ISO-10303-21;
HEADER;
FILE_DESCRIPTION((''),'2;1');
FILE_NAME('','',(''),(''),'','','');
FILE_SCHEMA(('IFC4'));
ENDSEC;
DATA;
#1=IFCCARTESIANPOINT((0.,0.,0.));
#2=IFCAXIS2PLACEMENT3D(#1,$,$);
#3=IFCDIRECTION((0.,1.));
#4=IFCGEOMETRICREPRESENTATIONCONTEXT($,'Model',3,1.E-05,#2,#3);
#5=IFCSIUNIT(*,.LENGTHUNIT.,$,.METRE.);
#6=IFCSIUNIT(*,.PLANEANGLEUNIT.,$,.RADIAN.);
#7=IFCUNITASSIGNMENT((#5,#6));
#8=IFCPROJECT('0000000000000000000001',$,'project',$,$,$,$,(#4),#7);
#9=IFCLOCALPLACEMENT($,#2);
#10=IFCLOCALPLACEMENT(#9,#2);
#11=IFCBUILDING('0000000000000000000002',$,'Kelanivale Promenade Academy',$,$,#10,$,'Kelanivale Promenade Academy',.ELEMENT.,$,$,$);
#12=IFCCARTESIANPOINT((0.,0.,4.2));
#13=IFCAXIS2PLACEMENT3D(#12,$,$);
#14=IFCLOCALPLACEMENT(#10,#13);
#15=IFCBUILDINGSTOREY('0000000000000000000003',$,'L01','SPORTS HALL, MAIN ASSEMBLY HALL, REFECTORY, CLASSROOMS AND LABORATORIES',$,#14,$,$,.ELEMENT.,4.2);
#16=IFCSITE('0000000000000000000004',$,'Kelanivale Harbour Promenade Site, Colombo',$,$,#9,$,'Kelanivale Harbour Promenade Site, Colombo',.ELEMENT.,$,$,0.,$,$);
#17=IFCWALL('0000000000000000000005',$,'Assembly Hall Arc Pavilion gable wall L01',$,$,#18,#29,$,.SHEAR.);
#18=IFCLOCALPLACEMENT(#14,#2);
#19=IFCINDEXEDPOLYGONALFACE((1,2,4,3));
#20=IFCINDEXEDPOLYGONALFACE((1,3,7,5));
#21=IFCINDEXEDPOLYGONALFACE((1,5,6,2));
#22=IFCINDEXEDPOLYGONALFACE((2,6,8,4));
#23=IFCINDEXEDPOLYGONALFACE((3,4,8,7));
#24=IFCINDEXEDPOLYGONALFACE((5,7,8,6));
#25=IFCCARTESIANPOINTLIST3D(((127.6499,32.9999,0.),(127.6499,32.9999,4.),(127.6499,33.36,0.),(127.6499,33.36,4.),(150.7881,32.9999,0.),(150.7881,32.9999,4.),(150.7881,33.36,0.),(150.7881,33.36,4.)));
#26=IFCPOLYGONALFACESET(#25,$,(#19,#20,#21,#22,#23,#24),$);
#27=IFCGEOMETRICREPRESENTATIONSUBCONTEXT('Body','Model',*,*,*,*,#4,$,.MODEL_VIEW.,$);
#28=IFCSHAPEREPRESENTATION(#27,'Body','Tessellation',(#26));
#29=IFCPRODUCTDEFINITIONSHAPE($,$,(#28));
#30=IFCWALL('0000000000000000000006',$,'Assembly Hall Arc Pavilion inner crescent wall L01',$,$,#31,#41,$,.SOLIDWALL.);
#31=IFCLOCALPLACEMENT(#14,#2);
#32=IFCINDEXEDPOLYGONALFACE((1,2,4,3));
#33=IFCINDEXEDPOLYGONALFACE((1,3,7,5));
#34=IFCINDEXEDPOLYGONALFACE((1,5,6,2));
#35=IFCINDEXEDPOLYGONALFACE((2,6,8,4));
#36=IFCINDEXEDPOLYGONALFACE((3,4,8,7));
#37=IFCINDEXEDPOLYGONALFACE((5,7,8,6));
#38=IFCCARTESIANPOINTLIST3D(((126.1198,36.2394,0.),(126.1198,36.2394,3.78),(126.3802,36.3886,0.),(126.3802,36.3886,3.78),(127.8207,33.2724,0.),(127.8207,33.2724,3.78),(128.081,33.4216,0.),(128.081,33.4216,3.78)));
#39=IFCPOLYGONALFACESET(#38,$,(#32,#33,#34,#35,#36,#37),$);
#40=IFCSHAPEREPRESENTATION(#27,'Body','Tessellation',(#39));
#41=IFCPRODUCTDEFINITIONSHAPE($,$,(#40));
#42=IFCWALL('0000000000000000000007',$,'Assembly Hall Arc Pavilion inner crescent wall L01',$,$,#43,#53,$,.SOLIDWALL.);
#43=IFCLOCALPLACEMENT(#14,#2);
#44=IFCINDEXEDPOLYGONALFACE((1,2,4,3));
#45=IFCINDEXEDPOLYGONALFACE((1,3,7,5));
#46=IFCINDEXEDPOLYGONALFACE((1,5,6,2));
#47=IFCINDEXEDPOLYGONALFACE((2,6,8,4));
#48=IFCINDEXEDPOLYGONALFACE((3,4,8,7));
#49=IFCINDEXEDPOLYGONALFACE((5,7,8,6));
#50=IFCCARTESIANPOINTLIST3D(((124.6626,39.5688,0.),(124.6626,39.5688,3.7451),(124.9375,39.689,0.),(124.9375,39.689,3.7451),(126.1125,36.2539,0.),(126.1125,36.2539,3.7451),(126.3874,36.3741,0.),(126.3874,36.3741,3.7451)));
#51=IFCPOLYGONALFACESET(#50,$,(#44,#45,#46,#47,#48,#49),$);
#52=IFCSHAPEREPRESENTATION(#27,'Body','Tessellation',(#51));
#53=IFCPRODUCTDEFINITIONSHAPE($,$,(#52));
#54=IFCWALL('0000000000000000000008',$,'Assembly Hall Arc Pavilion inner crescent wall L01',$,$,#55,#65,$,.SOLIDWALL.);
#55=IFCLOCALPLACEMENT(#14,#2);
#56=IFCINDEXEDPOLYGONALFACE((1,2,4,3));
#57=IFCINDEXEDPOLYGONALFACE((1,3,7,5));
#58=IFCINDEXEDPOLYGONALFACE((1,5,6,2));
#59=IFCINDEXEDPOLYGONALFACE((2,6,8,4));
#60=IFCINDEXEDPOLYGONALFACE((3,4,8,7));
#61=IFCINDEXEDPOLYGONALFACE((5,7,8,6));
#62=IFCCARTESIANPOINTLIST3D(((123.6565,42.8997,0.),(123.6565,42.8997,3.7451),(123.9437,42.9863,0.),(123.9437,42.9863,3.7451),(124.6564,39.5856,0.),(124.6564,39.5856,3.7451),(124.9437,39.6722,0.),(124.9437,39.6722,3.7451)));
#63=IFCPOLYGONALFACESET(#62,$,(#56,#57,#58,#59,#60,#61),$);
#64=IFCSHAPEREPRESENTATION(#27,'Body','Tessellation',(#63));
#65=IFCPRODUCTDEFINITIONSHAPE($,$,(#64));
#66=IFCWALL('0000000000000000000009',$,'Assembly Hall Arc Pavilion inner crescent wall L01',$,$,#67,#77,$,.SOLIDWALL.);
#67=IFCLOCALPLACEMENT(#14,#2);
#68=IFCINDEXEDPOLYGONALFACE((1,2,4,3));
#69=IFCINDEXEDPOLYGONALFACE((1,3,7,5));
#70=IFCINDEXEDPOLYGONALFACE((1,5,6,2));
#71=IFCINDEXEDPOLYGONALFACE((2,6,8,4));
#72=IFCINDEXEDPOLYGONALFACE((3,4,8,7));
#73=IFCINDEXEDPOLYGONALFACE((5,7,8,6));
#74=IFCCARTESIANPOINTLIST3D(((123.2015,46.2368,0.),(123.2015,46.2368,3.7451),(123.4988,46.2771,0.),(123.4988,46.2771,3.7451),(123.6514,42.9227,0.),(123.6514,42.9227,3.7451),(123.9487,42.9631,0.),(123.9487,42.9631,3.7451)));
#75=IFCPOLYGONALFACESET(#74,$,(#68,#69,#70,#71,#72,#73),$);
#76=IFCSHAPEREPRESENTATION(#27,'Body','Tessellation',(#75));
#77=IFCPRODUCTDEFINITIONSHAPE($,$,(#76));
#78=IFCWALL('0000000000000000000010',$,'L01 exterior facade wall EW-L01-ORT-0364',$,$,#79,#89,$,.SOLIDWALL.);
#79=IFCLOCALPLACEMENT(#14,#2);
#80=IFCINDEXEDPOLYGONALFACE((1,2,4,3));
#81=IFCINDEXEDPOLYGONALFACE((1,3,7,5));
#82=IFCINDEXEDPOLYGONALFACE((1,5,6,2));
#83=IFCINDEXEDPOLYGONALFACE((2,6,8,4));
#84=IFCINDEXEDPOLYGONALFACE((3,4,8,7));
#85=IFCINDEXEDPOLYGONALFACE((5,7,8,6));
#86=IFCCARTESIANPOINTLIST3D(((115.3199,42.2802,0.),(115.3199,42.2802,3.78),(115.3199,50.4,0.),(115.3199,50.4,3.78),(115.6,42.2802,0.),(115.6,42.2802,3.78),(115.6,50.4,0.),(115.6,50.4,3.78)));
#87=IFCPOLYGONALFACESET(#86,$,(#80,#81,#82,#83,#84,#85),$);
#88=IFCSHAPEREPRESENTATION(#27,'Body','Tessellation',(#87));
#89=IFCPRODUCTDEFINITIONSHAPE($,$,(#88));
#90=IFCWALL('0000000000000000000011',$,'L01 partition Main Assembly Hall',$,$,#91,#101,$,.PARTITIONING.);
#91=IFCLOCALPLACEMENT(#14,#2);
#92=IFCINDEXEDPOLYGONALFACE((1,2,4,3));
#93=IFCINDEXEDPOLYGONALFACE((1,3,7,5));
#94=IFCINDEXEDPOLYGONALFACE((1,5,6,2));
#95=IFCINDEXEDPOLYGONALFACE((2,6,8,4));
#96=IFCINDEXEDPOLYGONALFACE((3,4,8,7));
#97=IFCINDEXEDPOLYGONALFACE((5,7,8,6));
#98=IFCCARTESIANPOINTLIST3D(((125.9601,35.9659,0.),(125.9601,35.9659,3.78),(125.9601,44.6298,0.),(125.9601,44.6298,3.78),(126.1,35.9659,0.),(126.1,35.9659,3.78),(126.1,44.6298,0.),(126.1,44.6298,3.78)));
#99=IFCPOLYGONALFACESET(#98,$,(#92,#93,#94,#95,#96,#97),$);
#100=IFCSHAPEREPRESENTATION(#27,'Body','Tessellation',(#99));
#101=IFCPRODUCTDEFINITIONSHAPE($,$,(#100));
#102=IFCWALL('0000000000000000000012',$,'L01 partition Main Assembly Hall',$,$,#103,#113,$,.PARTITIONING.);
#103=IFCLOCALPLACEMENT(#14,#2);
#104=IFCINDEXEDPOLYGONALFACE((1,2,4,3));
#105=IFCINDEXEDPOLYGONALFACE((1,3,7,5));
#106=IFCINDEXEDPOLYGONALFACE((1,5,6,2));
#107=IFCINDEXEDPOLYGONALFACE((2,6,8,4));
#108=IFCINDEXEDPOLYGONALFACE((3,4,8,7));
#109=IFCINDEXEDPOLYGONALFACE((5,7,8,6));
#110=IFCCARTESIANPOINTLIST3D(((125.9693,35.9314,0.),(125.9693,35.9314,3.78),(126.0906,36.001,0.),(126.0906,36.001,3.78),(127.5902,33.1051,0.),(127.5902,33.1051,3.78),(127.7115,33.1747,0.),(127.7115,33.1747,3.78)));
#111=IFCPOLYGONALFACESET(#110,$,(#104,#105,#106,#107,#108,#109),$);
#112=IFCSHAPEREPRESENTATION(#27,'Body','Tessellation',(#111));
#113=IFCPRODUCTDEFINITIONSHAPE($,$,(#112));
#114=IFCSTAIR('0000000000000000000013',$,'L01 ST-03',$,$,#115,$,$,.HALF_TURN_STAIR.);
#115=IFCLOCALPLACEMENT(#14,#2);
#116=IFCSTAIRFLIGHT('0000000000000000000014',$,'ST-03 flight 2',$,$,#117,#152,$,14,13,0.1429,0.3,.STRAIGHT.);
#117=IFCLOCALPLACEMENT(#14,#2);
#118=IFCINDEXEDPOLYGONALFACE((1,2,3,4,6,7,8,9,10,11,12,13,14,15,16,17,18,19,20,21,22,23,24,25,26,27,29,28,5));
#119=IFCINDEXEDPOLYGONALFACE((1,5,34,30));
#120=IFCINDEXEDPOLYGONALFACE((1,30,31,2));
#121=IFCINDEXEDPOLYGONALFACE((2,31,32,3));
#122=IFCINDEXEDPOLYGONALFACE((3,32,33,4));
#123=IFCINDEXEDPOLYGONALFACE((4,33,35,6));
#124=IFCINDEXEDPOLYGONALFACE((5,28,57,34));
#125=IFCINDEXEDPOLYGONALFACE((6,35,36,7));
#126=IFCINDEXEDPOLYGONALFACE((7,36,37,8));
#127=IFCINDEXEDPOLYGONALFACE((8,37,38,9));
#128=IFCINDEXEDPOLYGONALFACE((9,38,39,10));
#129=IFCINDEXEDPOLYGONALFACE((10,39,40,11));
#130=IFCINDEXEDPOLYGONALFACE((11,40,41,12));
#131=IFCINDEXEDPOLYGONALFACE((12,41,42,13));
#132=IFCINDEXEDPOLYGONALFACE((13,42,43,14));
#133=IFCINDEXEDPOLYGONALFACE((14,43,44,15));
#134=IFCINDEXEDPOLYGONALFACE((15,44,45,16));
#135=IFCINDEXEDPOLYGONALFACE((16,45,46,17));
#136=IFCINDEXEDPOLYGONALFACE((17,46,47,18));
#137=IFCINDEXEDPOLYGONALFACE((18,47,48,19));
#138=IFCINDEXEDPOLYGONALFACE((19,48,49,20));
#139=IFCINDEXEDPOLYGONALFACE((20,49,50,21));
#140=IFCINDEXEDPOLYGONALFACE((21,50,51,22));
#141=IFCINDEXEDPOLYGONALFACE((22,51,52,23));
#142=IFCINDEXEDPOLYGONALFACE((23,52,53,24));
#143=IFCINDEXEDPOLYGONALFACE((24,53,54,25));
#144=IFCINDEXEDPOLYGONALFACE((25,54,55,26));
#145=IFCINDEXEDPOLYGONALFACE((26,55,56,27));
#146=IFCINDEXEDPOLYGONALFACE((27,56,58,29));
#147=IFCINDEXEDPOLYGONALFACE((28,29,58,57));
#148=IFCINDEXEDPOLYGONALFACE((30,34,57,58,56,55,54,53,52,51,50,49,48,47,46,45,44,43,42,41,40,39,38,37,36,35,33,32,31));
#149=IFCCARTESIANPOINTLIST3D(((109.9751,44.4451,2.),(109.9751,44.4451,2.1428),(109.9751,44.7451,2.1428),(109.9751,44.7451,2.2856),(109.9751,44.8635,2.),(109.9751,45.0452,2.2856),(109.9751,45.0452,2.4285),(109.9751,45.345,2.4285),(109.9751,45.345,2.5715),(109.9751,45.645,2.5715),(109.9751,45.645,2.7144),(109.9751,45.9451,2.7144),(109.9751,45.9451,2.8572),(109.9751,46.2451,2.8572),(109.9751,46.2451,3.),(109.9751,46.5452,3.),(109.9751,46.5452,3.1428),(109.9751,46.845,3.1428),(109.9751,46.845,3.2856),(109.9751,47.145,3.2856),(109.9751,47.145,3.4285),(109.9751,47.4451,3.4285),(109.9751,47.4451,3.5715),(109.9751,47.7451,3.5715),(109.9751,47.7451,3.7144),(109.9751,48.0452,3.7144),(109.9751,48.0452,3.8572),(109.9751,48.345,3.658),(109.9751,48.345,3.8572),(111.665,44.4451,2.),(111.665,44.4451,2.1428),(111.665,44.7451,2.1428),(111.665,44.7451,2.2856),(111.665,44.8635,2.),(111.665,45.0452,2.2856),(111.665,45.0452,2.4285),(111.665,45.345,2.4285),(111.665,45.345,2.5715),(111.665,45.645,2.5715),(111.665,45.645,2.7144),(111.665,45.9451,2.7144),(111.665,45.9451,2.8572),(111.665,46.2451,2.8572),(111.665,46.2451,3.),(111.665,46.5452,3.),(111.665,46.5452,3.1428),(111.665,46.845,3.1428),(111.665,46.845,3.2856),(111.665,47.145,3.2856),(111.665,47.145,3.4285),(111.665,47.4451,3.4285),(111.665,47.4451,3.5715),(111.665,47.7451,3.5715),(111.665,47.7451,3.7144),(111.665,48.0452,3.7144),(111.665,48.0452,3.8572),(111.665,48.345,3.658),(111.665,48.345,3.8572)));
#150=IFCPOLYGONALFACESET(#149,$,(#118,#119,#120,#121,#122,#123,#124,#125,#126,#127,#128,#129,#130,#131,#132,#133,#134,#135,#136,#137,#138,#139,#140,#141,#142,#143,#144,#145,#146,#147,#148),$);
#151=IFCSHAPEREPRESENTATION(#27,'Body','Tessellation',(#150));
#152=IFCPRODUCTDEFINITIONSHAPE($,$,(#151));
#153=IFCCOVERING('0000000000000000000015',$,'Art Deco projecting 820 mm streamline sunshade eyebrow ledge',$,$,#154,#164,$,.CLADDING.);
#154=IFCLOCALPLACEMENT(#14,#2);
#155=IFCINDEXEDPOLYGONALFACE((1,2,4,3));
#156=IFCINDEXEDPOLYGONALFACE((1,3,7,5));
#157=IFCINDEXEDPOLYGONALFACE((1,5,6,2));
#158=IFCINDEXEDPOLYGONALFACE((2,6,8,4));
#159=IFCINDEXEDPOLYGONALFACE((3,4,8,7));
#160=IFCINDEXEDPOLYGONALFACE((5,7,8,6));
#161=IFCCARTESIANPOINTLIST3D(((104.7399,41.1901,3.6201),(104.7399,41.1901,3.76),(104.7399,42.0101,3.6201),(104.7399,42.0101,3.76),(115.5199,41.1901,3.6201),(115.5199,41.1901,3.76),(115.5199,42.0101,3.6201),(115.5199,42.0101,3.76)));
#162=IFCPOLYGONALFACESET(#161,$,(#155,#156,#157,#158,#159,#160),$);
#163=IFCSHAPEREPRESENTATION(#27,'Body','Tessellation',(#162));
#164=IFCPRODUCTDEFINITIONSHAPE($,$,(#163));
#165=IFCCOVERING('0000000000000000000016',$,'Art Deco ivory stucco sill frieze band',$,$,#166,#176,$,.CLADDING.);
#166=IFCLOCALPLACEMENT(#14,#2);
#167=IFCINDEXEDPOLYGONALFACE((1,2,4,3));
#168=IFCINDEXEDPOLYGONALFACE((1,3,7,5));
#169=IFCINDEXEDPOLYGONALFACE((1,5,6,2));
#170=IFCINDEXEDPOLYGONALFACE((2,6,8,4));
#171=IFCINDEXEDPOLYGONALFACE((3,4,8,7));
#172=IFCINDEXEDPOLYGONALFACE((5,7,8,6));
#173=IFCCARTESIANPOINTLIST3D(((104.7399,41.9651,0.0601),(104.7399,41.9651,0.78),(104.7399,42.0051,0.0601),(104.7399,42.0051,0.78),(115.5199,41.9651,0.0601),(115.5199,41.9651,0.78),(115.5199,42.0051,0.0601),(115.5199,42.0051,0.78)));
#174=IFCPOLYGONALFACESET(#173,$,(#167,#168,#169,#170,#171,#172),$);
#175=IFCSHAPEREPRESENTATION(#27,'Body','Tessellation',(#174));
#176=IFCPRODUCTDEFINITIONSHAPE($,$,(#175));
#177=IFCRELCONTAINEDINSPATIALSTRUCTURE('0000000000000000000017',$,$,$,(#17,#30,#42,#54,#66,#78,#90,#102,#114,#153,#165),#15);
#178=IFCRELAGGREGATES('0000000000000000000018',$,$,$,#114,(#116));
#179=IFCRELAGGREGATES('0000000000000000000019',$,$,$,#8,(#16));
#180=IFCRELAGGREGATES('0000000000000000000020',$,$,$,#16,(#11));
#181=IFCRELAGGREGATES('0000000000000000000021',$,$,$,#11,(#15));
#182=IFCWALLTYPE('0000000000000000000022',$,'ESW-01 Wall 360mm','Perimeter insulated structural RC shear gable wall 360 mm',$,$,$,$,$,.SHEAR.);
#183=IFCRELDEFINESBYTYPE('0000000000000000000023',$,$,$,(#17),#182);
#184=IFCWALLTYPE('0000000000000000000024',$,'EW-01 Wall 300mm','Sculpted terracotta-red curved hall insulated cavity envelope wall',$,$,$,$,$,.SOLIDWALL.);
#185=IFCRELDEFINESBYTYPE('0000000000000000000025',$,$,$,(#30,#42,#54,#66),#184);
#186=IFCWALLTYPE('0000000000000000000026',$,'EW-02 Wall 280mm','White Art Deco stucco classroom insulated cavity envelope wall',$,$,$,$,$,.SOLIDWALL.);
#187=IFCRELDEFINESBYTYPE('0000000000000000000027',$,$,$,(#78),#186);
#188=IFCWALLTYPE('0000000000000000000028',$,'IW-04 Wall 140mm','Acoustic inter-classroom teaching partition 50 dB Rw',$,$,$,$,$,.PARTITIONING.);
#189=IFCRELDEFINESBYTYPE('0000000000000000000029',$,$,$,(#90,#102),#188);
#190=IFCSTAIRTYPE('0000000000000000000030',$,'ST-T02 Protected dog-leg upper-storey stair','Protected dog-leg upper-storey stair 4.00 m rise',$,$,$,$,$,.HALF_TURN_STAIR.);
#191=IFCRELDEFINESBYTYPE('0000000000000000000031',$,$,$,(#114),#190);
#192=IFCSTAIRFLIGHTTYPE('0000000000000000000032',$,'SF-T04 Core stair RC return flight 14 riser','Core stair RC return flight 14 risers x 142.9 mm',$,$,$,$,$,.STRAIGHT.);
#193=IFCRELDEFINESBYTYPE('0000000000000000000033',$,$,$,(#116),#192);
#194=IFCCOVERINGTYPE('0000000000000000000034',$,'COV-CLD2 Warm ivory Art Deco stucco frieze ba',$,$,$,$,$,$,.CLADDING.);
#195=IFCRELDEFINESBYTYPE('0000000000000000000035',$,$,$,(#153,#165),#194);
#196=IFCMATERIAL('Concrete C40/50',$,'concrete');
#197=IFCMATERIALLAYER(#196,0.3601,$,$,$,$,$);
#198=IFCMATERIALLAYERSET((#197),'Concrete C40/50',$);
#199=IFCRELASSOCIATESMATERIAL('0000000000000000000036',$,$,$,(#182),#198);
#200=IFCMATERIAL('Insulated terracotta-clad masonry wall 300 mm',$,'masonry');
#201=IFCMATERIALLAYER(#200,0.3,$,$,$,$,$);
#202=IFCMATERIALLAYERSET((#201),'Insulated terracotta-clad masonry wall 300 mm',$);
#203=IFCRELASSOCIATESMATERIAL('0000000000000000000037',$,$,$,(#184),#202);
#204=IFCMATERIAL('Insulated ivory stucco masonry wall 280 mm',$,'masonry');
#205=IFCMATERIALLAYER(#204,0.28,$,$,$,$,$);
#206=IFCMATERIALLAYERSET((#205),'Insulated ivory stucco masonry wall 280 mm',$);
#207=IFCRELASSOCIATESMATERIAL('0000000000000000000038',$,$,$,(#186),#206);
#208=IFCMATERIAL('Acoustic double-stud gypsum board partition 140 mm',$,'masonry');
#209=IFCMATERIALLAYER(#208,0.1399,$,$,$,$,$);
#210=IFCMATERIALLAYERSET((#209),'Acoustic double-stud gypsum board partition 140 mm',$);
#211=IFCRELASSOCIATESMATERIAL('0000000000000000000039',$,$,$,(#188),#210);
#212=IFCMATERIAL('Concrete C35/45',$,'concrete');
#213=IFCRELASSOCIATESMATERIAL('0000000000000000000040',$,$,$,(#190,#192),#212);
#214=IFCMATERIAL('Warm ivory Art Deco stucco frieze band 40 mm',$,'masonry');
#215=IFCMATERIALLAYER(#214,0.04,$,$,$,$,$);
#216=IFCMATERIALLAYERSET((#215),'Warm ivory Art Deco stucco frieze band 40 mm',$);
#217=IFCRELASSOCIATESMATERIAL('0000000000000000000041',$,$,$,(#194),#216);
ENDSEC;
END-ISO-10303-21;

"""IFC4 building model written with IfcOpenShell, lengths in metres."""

from ifc_helpers import new_model, si_unit, direction, frame, frame_2d, origin, origin_2d, place, context, subcontext, project, spatial, polyline, rectangle, outline, extrude, material, layer, layer_set, type_object, element, aggregate, save


model = new_model("IFC4")

# Units and contexts
model_context = context("Model", 3, precision=1e-05, world=origin(), true_north=direction((0.0, 1.0)))
body_context = subcontext(model_context, "Body", "Model", "MODEL_VIEW")
ifc_project = project(units=[si_unit("LENGTHUNIT", "METRE"), si_unit("PLANEANGLEUNIT", "RADIAN")], contexts=[model_context])

# Site, building, storey
site_placement = place(None, origin())
site = spatial("IfcSite", under=ifc_project, at=site_placement, Name="Kelanivale Harbour Promenade Site, Colombo", LongName="Kelanivale Harbour Promenade Site, Colombo", CompositionType="ELEMENT", RefElevation=0.0)
building_placement = place(site_placement, origin())
building = spatial("IfcBuilding", under=site, at=building_placement, Name="Kelanivale Promenade Academy", LongName="Kelanivale Promenade Academy", CompositionType="ELEMENT")
storey_placement = place(building_placement, frame((0.0, 0.0, 4.2)))
storey = spatial("IfcBuildingStorey", under=building, at=storey_placement, Name="L01", Description="SPORTS HALL, MAIN ASSEMBLY HALL, REFECTORY, CLASSROOMS AND LABORATORIES", CompositionType="ELEMENT", Elevation=4.2)

# Shared definitions
ifc_material_1 = material(Name="Concrete C40/50", Category="concrete")

# Walls
ifc_layer_1 = layer(ifc_material_1, 0.3601)
ifc_layer_set_1 = layer_set([ifc_layer_1], Name="Concrete C40/50")
wall_type_1 = type_object("IfcWallType", Name="ESW-01 Wall 360mm", Description="Perimeter insulated structural RC shear gable wall 360 mm", PredefinedType="SHEAR", material=ifc_layer_set_1)
wall_1_placement = place(storey_placement, frame((127.6499, 33.1799, 0.0), z_axis=(0.0, 0.0, 1.0), x_axis=(1.0, 0.0, 0.0)))
element("IfcWall", 1, at=wall_1_placement, inside=storey, type_object=wall_type_1, Name="Assembly Hall Arc Pavilion gable wall L01", PredefinedType="SHEAR", context=body_context, shape_type="SweptSolid", body=[
    extrude(rectangle(XDim=23.1382, YDim=0.3601, at=frame_2d((11.5691, 0.0))), origin(), (0.0, 0.0, 1.0), 4.0),
])
ifc_material_2 = material(Name="Insulated terracotta-clad masonry wall 300 mm", Category="masonry")
ifc_layer_2 = layer(ifc_material_2, 0.3)
ifc_layer_set_2 = layer_set([ifc_layer_2], Name="Insulated terracotta-clad masonry wall 300 mm")
wall_type_2 = type_object("IfcWallType", Name="EW-01 Wall 300mm", Description="Sculpted terracotta-red curved hall insulated cavity envelope wall", PredefinedType="SOLIDWALL", material=ifc_layer_set_2)
wall_2_placement = place(storey_placement, frame((126.25, 36.314, 0.0), z_axis=(0.0, 0.0, 1.0), x_axis=(0.497345, -0.867553, 0.0)))
element("IfcWall", 2, at=wall_2_placement, inside=storey, type_object=wall_type_2, Name="Assembly Hall Arc Pavilion inner crescent wall L01", PredefinedType="SOLIDWALL", context=body_context, shape_type="SweptSolid", body=[
    extrude(rectangle(XDim=3.4199, YDim=0.3, at=frame_2d((1.71, 0.0))), origin(), (0.0, 0.0, 1.0), 3.78),
])
wall_3_placement = place(storey_placement, frame((124.8, 39.6289, 0.0), z_axis=(0.0, 0.0, 1.0), x_axis=(0.400741, -0.916191, 0.0)))
element("IfcWall", 3, at=wall_3_placement, inside=storey, type_object=wall_type_2, Name="Assembly Hall Arc Pavilion inner crescent wall L01", PredefinedType="SOLIDWALL", context=body_context, shape_type="SweptSolid", body=[
    extrude(rectangle(XDim=3.6182, YDim=0.3, at=frame_2d((1.8091, 0.0))), origin(), (0.0, 0.0, 1.0), 3.7451),
])
wall_4_placement = place(storey_placement, frame((123.8, 42.9431, 0.0), z_axis=(0.0, 0.0, 1.0), x_axis=(0.288868, -0.957369, 0.0)))
element("IfcWall", 4, at=wall_4_placement, inside=storey, type_object=wall_type_2, Name="Assembly Hall Arc Pavilion inner crescent wall L01", PredefinedType="SOLIDWALL", context=body_context, shape_type="SweptSolid", body=[
    extrude(rectangle(XDim=3.4617, YDim=0.3, at=frame_2d((1.731, 0.0))), origin(), (0.0, 0.0, 1.0), 3.7451),
])
wall_5_placement = place(storey_placement, frame((123.3501, 46.2571, 0.0), z_axis=(0.0, 0.0, 1.0), x_axis=(0.13454, -0.990908, 0.0)))
element("IfcWall", 5, at=wall_5_placement, inside=storey, type_object=wall_type_2, Name="Assembly Hall Arc Pavilion inner crescent wall L01", PredefinedType="SOLIDWALL", context=body_context, shape_type="SweptSolid", body=[
    extrude(rectangle(XDim=3.3445, YDim=0.3, at=frame_2d((1.6724, 0.0))), origin(), (0.0, 0.0, 1.0), 3.7451),
])
ifc_material_3 = material(Name="Insulated ivory stucco masonry wall 280 mm", Category="masonry")
ifc_layer_3 = layer(ifc_material_3, 0.28)
ifc_layer_set_3 = layer_set([ifc_layer_3], Name="Insulated ivory stucco masonry wall 280 mm")
wall_type_3 = type_object("IfcWallType", Name="EW-02 Wall 280mm", Description="White Art Deco stucco classroom insulated cavity envelope wall", PredefinedType="SOLIDWALL", material=ifc_layer_set_3)
wall_6_placement = place(storey_placement, frame((115.46, 42.28, 0.0), z_axis=(0.0, 0.0, 1.0), x_axis=(0.0, 1.0, 0.0)))
element("IfcWall", 6, at=wall_6_placement, inside=storey, type_object=wall_type_3, Name="L01 exterior facade wall EW-L01-ORT-0364", PredefinedType="SOLIDWALL", context=body_context, shape_type="SweptSolid", body=[
    extrude(rectangle(XDim=8.1199, YDim=0.28, at=frame_2d((4.0601, 0.0))), origin(), (0.0, 0.0, 1.0), 3.78),
])
ifc_material_4 = material(Name="Acoustic double-stud gypsum board partition 140 mm", Category="masonry")
ifc_layer_4 = layer(ifc_material_4, 0.1399)
ifc_layer_set_4 = layer_set([ifc_layer_4], Name="Acoustic double-stud gypsum board partition 140 mm")
wall_type_4 = type_object("IfcWallType", Name="IW-04 Wall 140mm", Description="Acoustic inter-classroom teaching partition 50 dB Rw", PredefinedType="PARTITIONING", material=ifc_layer_set_4)
wall_7_placement = place(storey_placement, frame((126.03, 44.6299, 0.0), z_axis=(0.0, 0.0, 1.0), x_axis=(0.0, -1.0, 0.0)))
element("IfcWall", 7, at=wall_7_placement, inside=storey, type_object=wall_type_4, Name="L01 partition Main Assembly Hall", PredefinedType="PARTITIONING", context=body_context, shape_type="SweptSolid", body=[
    extrude(rectangle(XDim=8.6638, YDim=0.1399, at=frame_2d((4.332, 0.0))), origin(), (0.0, 0.0, 1.0), 3.78),
])
wall_8_placement = place(storey_placement, frame((126.03, 35.9661, 0.0), z_axis=(0.0, 0.0, 1.0), x_axis=(0.497502, -0.867463, 0.0)))
element("IfcWall", 8, at=wall_8_placement, inside=storey, type_object=wall_type_4, Name="L01 partition Main Assembly Hall", PredefinedType="PARTITIONING", context=body_context, shape_type="SweptSolid", body=[
    extrude(rectangle(XDim=3.2581, YDim=0.1399, at=frame_2d((1.6289, 0.0))), origin(), (0.0, 0.0, 1.0), 3.78),
])

# Stair, stair flight
ifc_material_5 = material(Name="Concrete C35/45", Category="concrete")
stair_type = type_object("IfcStairType", Name="ST-T02 Protected dog-leg upper-storey stair", Description="Protected dog-leg upper-storey stair 4.00 m rise", PredefinedType="HALF_TURN_STAIR", material=ifc_material_5)
stair_placement = place(storey_placement, origin())
stair = element("IfcStair", 9, at=stair_placement, inside=storey, type_object=stair_type, Name="L01 ST-03", PredefinedType="HALF_TURN_STAIR")
stair_flight_type = type_object("IfcStairFlightType", Name="SF-T04 Core stair RC return flight 14 riser", Description="Core stair RC return flight 14 risers x 142.9 mm", PredefinedType="STRAIGHT", material=ifc_material_5)
stair_flight_placement = place(storey_placement, frame((110.8201, 44.4451, 2.0), z_axis=(0.0, 0.0, 1.0), x_axis=(0.0, 1.0, 0.0)))
stair_flight = element("IfcStairFlight", 10, at=stair_flight_placement, type_object=stair_flight_type, Name="ST-03 flight 2", NumberOfRisers=14, NumberOfTreads=13, PredefinedType="STRAIGHT", RiserHeight=0.1429, TreadLength=0.3, context=body_context, shape_type="SweptSolid", body=[
    extrude(outline(polyline([(0.0, 0.0), (0.0, 0.1428), (0.3, 0.1428), (0.3, 0.2856), (0.6001, 0.2856), (0.6001, 0.4285), (0.8999, 0.4285), (0.8999, 0.5715), (1.2, 0.5715), (1.2, 0.7144), (1.5, 0.7144), (1.5, 0.8572), (1.8, 0.8572), (1.8, 1.0), (2.1001, 1.0), (2.1001, 1.1428), (2.3999, 1.1428), (2.3999, 1.2856), (2.7, 1.2856), (2.7, 1.4285), (3.0, 1.4285), (3.0, 1.5715), (3.3, 1.5715), (3.3, 1.7144), (3.6001, 1.7144), (3.6001, 1.8572), (3.8999, 1.8572), (3.8999, 2.0), (3.8999, 1.658), (0.4185, 0.0), (0.0, 0.0)])), frame((0.0, 0.845, 0.0), z_axis=(0.0, -1.0, 0.0), x_axis=(1.0, 0.0, 0.0)), (0.0, 0.0, 1.0), 1.6899),
])
aggregate(stair, [stair_flight])

# Coverings
ifc_material_6 = material(Name="Warm ivory Art Deco stucco frieze band 40 mm", Category="masonry")
ifc_layer_5 = layer(ifc_material_6, 0.04)
ifc_layer_set_5 = layer_set([ifc_layer_5], Name="Warm ivory Art Deco stucco frieze band 40 mm")
covering_type = type_object("IfcCoveringType", Name="COV-CLD2 Warm ivory Art Deco stucco frieze ba", PredefinedType="CLADDING", material=ifc_layer_set_5)
covering_1_placement = place(storey_placement, frame((110.1299, 41.6001, 3.6201), z_axis=(0.0, 0.0, 1.0), x_axis=(1.0, 0.0, 0.0)))
element("IfcCovering", 11, at=covering_1_placement, inside=storey, type_object=covering_type, Name="Art Deco projecting 820 mm streamline sunshade eyebrow ledge", PredefinedType="CLADDING", context=body_context, shape_type="SweptSolid", body=[
    extrude(rectangle(XDim=10.78, YDim=0.8201, at=origin_2d()), origin(), (0.0, 0.0, 1.0), 0.1399),
])
covering_2_placement = place(storey_placement, frame((110.1299, 41.9851, 0.0601), z_axis=(0.0, 0.0, 1.0), x_axis=(1.0, 0.0, 0.0)))
element("IfcCovering", 12, at=covering_2_placement, inside=storey, type_object=covering_type, Name="Art Deco ivory stucco sill frieze band", PredefinedType="CLADDING", context=body_context, shape_type="SweptSolid", body=[
    extrude(rectangle(XDim=10.78, YDim=0.04, at=origin_2d()), origin(), (0.0, 0.0, 1.0), 0.72),
])

save(model, "model.ifc")
